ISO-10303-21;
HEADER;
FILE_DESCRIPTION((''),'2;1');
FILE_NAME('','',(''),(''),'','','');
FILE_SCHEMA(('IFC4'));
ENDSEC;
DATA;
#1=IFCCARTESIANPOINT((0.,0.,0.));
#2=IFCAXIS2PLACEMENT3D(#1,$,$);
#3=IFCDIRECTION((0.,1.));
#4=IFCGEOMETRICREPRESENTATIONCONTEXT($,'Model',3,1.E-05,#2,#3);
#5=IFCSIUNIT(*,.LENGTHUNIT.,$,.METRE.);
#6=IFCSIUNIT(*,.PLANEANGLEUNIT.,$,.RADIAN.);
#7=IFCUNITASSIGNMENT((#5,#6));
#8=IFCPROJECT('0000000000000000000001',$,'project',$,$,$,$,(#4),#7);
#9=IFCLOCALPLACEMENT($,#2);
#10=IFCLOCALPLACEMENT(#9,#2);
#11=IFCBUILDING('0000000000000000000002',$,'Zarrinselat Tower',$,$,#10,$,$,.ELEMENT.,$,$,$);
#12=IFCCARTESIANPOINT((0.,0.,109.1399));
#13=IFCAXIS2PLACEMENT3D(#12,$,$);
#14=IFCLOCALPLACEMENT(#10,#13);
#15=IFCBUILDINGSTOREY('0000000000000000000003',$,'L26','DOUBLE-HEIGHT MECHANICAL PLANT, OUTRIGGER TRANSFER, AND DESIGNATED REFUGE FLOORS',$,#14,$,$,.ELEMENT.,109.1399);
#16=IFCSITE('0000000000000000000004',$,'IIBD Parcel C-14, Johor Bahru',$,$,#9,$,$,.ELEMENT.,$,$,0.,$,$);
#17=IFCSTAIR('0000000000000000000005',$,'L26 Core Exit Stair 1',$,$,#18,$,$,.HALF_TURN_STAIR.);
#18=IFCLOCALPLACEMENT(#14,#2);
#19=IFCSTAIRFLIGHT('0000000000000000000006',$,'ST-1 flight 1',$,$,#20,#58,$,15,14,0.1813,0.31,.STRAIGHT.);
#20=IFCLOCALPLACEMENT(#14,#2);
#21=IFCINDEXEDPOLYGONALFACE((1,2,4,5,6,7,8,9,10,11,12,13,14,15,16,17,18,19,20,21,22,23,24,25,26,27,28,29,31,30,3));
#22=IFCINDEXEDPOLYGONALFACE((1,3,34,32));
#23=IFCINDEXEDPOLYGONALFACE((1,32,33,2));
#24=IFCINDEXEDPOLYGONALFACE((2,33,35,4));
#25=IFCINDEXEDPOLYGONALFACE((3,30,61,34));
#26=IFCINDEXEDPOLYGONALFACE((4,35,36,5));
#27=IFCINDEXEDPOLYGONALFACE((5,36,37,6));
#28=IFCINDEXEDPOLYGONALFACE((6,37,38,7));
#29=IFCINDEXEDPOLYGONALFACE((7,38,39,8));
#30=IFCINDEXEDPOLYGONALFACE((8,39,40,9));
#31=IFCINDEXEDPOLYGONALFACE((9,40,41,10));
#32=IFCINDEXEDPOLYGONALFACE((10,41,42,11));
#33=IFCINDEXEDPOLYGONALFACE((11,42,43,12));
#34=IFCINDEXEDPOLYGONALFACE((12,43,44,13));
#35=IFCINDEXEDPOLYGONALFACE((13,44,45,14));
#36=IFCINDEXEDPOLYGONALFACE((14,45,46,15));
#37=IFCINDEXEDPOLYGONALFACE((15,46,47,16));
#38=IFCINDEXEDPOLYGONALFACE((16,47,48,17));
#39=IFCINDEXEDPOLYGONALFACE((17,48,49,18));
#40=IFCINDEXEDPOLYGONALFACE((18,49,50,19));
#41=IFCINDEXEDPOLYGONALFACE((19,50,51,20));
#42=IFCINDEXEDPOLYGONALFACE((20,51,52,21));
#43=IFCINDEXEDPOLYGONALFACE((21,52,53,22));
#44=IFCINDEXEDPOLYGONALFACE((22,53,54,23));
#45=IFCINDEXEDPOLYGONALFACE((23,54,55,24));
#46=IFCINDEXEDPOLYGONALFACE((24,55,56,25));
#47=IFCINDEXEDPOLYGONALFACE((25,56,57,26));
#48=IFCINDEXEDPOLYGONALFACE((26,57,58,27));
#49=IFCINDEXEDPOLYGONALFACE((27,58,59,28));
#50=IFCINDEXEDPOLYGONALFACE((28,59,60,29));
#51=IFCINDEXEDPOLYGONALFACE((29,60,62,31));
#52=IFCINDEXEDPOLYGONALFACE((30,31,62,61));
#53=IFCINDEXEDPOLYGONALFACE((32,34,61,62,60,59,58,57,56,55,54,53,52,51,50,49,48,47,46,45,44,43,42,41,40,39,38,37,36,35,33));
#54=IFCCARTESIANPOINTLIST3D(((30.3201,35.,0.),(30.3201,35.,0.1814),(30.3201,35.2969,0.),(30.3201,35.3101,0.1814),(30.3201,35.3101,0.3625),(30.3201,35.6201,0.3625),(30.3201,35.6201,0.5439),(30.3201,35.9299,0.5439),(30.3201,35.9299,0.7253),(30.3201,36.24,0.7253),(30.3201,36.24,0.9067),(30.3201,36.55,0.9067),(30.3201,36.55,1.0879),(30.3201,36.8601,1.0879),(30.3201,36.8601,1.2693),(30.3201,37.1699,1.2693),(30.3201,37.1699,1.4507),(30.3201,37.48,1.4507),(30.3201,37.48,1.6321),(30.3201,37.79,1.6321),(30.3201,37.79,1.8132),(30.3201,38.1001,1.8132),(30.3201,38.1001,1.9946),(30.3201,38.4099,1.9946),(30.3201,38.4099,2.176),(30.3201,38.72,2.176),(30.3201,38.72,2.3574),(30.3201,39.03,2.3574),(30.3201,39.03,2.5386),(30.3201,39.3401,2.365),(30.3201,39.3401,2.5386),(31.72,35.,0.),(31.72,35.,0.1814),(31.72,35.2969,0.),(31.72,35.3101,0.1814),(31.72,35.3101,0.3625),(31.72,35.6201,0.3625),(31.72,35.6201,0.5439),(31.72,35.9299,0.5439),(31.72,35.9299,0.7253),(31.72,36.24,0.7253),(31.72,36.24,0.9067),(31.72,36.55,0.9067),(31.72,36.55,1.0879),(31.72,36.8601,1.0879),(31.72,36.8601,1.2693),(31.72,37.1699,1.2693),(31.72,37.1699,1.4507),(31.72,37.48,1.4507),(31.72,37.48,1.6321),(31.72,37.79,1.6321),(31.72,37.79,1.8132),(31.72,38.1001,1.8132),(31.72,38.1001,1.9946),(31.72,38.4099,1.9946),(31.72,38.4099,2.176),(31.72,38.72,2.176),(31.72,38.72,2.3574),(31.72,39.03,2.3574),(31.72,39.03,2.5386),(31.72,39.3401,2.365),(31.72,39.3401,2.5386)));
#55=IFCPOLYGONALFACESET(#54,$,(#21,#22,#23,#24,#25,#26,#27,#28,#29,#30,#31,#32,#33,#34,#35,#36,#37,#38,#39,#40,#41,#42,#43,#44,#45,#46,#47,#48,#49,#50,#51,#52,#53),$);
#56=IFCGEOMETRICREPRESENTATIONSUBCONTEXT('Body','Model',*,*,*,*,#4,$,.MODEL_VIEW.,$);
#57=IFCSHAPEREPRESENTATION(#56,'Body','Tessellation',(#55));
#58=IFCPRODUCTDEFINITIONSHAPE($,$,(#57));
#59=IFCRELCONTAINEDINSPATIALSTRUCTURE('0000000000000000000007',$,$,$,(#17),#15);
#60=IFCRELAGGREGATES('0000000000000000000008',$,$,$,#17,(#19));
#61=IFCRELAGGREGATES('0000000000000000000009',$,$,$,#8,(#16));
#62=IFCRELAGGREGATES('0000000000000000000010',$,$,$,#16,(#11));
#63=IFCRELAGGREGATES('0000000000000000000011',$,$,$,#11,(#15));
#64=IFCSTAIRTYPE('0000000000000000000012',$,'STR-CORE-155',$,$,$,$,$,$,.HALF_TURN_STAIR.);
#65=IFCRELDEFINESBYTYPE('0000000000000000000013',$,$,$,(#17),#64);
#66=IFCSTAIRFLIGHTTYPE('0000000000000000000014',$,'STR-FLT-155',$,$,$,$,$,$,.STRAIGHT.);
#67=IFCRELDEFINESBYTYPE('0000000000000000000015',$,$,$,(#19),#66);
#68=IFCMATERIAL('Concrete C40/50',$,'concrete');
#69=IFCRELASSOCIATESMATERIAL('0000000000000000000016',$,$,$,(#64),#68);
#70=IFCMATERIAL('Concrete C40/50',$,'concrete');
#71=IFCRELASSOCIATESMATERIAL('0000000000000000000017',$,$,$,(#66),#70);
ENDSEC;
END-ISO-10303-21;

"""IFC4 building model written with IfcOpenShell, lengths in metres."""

from ifc_helpers import new_model, si_unit, direction, frame, origin, place, context, subcontext, project, spatial, polyline, outline, extrude, material, type_object, element, aggregate, save


model = new_model("IFC4")

# Units and contexts
model_context = context("Model", 3, precision=1e-05, world=origin(), true_north=direction((0.0, 1.0)))
body_context = subcontext(model_context, "Body", "Model", "MODEL_VIEW")
ifc_project = project(units=[si_unit("LENGTHUNIT", "METRE"), si_unit("PLANEANGLEUNIT", "RADIAN")], contexts=[model_context])

# Site, building, storey
site_placement = place(None, origin())
site = spatial("IfcSite", under=ifc_project, at=site_placement, Name="IIBD Parcel C-14, Johor Bahru", CompositionType="ELEMENT", RefElevation=0.0)
building_placement = place(site_placement, origin())
building = spatial("IfcBuilding", under=site, at=building_placement, Name="Zarrinselat Tower", CompositionType="ELEMENT")
storey_placement = place(building_placement, frame((0.0, 0.0, 109.1399)))
storey = spatial("IfcBuildingStorey", under=building, at=storey_placement, Name="L26", Description="DOUBLE-HEIGHT MECHANICAL PLANT, OUTRIGGER TRANSFER, AND DESIGNATED REFUGE FLOORS", CompositionType="ELEMENT", Elevation=109.1399)

# Stair, stair flight
ifc_material_1 = material(Name="Concrete C40/50", Category="concrete")
stair_type_1 = type_object("IfcStairType", Name="STR-CORE-155", PredefinedType="HALF_TURN_STAIR", material=ifc_material_1)
stair_1_placement = place(storey_placement, origin())
stair_1 = element("IfcStair", 1, at=stair_1_placement, inside=storey, type_object=stair_type_1, Name="L26 Core Exit Stair 1", PredefinedType="HALF_TURN_STAIR")
ifc_material_2 = material(Name="Concrete C40/50", Category="concrete")
stair_flight_type_1 = type_object("IfcStairFlightType", Name="STR-FLT-155", PredefinedType="STRAIGHT", material=ifc_material_2)
stair_flight_1_placement = place(storey_placement, frame((31.02, 35.0, 0.0), z_axis=(0.0, 0.0, 1.0), x_axis=(0.0, 1.0, 0.0)))
stair_flight_1 = element("IfcStairFlight", 2, at=stair_flight_1_placement, type_object=stair_flight_type_1, Name="ST-1 flight 1", NumberOfRisers=15, NumberOfTreads=14, PredefinedType="STRAIGHT", RiserHeight=0.1813, TreadLength=0.31, context=body_context, shape_type="SweptSolid", body=[
    extrude(outline(polyline([(0.0, 0.0), (0.0, 0.1814), (0.3101, 0.1814), (0.3101, 0.3625), (0.6201, 0.3625), (0.6201, 0.5439), (0.9299, 0.5439), (0.9299, 0.7253), (1.24, 0.7253), (1.24, 0.9067), (1.55, 0.9067), (1.55, 1.0879), (1.8601, 1.0879), (1.8601, 1.2693), (2.1699, 1.2693), (2.1699, 1.4507), (2.48, 1.4507), (2.48, 1.6321), (2.79, 1.6321), (2.79, 1.8132), (3.1001, 1.8132), (3.1001, 1.9946), (3.4099, 1.9946), (3.4099, 2.176), (3.72, 2.176), (3.72, 2.3574), (4.03, 2.3574), (4.03, 2.5386), (4.3401, 2.5386), (4.3401, 2.72), (4.3401, 2.365), (0.2969, 0.0), (0.0, 0.0)])), frame((0.0, 0.7, 0.0), z_axis=(0.0, -1.0, 0.0), x_axis=(1.0, 0.0, 0.0)), (0.0, 0.0, 1.0), 1.3999),
])
aggregate(stair_1, [stair_flight_1])

save(model, "model.ifc")
